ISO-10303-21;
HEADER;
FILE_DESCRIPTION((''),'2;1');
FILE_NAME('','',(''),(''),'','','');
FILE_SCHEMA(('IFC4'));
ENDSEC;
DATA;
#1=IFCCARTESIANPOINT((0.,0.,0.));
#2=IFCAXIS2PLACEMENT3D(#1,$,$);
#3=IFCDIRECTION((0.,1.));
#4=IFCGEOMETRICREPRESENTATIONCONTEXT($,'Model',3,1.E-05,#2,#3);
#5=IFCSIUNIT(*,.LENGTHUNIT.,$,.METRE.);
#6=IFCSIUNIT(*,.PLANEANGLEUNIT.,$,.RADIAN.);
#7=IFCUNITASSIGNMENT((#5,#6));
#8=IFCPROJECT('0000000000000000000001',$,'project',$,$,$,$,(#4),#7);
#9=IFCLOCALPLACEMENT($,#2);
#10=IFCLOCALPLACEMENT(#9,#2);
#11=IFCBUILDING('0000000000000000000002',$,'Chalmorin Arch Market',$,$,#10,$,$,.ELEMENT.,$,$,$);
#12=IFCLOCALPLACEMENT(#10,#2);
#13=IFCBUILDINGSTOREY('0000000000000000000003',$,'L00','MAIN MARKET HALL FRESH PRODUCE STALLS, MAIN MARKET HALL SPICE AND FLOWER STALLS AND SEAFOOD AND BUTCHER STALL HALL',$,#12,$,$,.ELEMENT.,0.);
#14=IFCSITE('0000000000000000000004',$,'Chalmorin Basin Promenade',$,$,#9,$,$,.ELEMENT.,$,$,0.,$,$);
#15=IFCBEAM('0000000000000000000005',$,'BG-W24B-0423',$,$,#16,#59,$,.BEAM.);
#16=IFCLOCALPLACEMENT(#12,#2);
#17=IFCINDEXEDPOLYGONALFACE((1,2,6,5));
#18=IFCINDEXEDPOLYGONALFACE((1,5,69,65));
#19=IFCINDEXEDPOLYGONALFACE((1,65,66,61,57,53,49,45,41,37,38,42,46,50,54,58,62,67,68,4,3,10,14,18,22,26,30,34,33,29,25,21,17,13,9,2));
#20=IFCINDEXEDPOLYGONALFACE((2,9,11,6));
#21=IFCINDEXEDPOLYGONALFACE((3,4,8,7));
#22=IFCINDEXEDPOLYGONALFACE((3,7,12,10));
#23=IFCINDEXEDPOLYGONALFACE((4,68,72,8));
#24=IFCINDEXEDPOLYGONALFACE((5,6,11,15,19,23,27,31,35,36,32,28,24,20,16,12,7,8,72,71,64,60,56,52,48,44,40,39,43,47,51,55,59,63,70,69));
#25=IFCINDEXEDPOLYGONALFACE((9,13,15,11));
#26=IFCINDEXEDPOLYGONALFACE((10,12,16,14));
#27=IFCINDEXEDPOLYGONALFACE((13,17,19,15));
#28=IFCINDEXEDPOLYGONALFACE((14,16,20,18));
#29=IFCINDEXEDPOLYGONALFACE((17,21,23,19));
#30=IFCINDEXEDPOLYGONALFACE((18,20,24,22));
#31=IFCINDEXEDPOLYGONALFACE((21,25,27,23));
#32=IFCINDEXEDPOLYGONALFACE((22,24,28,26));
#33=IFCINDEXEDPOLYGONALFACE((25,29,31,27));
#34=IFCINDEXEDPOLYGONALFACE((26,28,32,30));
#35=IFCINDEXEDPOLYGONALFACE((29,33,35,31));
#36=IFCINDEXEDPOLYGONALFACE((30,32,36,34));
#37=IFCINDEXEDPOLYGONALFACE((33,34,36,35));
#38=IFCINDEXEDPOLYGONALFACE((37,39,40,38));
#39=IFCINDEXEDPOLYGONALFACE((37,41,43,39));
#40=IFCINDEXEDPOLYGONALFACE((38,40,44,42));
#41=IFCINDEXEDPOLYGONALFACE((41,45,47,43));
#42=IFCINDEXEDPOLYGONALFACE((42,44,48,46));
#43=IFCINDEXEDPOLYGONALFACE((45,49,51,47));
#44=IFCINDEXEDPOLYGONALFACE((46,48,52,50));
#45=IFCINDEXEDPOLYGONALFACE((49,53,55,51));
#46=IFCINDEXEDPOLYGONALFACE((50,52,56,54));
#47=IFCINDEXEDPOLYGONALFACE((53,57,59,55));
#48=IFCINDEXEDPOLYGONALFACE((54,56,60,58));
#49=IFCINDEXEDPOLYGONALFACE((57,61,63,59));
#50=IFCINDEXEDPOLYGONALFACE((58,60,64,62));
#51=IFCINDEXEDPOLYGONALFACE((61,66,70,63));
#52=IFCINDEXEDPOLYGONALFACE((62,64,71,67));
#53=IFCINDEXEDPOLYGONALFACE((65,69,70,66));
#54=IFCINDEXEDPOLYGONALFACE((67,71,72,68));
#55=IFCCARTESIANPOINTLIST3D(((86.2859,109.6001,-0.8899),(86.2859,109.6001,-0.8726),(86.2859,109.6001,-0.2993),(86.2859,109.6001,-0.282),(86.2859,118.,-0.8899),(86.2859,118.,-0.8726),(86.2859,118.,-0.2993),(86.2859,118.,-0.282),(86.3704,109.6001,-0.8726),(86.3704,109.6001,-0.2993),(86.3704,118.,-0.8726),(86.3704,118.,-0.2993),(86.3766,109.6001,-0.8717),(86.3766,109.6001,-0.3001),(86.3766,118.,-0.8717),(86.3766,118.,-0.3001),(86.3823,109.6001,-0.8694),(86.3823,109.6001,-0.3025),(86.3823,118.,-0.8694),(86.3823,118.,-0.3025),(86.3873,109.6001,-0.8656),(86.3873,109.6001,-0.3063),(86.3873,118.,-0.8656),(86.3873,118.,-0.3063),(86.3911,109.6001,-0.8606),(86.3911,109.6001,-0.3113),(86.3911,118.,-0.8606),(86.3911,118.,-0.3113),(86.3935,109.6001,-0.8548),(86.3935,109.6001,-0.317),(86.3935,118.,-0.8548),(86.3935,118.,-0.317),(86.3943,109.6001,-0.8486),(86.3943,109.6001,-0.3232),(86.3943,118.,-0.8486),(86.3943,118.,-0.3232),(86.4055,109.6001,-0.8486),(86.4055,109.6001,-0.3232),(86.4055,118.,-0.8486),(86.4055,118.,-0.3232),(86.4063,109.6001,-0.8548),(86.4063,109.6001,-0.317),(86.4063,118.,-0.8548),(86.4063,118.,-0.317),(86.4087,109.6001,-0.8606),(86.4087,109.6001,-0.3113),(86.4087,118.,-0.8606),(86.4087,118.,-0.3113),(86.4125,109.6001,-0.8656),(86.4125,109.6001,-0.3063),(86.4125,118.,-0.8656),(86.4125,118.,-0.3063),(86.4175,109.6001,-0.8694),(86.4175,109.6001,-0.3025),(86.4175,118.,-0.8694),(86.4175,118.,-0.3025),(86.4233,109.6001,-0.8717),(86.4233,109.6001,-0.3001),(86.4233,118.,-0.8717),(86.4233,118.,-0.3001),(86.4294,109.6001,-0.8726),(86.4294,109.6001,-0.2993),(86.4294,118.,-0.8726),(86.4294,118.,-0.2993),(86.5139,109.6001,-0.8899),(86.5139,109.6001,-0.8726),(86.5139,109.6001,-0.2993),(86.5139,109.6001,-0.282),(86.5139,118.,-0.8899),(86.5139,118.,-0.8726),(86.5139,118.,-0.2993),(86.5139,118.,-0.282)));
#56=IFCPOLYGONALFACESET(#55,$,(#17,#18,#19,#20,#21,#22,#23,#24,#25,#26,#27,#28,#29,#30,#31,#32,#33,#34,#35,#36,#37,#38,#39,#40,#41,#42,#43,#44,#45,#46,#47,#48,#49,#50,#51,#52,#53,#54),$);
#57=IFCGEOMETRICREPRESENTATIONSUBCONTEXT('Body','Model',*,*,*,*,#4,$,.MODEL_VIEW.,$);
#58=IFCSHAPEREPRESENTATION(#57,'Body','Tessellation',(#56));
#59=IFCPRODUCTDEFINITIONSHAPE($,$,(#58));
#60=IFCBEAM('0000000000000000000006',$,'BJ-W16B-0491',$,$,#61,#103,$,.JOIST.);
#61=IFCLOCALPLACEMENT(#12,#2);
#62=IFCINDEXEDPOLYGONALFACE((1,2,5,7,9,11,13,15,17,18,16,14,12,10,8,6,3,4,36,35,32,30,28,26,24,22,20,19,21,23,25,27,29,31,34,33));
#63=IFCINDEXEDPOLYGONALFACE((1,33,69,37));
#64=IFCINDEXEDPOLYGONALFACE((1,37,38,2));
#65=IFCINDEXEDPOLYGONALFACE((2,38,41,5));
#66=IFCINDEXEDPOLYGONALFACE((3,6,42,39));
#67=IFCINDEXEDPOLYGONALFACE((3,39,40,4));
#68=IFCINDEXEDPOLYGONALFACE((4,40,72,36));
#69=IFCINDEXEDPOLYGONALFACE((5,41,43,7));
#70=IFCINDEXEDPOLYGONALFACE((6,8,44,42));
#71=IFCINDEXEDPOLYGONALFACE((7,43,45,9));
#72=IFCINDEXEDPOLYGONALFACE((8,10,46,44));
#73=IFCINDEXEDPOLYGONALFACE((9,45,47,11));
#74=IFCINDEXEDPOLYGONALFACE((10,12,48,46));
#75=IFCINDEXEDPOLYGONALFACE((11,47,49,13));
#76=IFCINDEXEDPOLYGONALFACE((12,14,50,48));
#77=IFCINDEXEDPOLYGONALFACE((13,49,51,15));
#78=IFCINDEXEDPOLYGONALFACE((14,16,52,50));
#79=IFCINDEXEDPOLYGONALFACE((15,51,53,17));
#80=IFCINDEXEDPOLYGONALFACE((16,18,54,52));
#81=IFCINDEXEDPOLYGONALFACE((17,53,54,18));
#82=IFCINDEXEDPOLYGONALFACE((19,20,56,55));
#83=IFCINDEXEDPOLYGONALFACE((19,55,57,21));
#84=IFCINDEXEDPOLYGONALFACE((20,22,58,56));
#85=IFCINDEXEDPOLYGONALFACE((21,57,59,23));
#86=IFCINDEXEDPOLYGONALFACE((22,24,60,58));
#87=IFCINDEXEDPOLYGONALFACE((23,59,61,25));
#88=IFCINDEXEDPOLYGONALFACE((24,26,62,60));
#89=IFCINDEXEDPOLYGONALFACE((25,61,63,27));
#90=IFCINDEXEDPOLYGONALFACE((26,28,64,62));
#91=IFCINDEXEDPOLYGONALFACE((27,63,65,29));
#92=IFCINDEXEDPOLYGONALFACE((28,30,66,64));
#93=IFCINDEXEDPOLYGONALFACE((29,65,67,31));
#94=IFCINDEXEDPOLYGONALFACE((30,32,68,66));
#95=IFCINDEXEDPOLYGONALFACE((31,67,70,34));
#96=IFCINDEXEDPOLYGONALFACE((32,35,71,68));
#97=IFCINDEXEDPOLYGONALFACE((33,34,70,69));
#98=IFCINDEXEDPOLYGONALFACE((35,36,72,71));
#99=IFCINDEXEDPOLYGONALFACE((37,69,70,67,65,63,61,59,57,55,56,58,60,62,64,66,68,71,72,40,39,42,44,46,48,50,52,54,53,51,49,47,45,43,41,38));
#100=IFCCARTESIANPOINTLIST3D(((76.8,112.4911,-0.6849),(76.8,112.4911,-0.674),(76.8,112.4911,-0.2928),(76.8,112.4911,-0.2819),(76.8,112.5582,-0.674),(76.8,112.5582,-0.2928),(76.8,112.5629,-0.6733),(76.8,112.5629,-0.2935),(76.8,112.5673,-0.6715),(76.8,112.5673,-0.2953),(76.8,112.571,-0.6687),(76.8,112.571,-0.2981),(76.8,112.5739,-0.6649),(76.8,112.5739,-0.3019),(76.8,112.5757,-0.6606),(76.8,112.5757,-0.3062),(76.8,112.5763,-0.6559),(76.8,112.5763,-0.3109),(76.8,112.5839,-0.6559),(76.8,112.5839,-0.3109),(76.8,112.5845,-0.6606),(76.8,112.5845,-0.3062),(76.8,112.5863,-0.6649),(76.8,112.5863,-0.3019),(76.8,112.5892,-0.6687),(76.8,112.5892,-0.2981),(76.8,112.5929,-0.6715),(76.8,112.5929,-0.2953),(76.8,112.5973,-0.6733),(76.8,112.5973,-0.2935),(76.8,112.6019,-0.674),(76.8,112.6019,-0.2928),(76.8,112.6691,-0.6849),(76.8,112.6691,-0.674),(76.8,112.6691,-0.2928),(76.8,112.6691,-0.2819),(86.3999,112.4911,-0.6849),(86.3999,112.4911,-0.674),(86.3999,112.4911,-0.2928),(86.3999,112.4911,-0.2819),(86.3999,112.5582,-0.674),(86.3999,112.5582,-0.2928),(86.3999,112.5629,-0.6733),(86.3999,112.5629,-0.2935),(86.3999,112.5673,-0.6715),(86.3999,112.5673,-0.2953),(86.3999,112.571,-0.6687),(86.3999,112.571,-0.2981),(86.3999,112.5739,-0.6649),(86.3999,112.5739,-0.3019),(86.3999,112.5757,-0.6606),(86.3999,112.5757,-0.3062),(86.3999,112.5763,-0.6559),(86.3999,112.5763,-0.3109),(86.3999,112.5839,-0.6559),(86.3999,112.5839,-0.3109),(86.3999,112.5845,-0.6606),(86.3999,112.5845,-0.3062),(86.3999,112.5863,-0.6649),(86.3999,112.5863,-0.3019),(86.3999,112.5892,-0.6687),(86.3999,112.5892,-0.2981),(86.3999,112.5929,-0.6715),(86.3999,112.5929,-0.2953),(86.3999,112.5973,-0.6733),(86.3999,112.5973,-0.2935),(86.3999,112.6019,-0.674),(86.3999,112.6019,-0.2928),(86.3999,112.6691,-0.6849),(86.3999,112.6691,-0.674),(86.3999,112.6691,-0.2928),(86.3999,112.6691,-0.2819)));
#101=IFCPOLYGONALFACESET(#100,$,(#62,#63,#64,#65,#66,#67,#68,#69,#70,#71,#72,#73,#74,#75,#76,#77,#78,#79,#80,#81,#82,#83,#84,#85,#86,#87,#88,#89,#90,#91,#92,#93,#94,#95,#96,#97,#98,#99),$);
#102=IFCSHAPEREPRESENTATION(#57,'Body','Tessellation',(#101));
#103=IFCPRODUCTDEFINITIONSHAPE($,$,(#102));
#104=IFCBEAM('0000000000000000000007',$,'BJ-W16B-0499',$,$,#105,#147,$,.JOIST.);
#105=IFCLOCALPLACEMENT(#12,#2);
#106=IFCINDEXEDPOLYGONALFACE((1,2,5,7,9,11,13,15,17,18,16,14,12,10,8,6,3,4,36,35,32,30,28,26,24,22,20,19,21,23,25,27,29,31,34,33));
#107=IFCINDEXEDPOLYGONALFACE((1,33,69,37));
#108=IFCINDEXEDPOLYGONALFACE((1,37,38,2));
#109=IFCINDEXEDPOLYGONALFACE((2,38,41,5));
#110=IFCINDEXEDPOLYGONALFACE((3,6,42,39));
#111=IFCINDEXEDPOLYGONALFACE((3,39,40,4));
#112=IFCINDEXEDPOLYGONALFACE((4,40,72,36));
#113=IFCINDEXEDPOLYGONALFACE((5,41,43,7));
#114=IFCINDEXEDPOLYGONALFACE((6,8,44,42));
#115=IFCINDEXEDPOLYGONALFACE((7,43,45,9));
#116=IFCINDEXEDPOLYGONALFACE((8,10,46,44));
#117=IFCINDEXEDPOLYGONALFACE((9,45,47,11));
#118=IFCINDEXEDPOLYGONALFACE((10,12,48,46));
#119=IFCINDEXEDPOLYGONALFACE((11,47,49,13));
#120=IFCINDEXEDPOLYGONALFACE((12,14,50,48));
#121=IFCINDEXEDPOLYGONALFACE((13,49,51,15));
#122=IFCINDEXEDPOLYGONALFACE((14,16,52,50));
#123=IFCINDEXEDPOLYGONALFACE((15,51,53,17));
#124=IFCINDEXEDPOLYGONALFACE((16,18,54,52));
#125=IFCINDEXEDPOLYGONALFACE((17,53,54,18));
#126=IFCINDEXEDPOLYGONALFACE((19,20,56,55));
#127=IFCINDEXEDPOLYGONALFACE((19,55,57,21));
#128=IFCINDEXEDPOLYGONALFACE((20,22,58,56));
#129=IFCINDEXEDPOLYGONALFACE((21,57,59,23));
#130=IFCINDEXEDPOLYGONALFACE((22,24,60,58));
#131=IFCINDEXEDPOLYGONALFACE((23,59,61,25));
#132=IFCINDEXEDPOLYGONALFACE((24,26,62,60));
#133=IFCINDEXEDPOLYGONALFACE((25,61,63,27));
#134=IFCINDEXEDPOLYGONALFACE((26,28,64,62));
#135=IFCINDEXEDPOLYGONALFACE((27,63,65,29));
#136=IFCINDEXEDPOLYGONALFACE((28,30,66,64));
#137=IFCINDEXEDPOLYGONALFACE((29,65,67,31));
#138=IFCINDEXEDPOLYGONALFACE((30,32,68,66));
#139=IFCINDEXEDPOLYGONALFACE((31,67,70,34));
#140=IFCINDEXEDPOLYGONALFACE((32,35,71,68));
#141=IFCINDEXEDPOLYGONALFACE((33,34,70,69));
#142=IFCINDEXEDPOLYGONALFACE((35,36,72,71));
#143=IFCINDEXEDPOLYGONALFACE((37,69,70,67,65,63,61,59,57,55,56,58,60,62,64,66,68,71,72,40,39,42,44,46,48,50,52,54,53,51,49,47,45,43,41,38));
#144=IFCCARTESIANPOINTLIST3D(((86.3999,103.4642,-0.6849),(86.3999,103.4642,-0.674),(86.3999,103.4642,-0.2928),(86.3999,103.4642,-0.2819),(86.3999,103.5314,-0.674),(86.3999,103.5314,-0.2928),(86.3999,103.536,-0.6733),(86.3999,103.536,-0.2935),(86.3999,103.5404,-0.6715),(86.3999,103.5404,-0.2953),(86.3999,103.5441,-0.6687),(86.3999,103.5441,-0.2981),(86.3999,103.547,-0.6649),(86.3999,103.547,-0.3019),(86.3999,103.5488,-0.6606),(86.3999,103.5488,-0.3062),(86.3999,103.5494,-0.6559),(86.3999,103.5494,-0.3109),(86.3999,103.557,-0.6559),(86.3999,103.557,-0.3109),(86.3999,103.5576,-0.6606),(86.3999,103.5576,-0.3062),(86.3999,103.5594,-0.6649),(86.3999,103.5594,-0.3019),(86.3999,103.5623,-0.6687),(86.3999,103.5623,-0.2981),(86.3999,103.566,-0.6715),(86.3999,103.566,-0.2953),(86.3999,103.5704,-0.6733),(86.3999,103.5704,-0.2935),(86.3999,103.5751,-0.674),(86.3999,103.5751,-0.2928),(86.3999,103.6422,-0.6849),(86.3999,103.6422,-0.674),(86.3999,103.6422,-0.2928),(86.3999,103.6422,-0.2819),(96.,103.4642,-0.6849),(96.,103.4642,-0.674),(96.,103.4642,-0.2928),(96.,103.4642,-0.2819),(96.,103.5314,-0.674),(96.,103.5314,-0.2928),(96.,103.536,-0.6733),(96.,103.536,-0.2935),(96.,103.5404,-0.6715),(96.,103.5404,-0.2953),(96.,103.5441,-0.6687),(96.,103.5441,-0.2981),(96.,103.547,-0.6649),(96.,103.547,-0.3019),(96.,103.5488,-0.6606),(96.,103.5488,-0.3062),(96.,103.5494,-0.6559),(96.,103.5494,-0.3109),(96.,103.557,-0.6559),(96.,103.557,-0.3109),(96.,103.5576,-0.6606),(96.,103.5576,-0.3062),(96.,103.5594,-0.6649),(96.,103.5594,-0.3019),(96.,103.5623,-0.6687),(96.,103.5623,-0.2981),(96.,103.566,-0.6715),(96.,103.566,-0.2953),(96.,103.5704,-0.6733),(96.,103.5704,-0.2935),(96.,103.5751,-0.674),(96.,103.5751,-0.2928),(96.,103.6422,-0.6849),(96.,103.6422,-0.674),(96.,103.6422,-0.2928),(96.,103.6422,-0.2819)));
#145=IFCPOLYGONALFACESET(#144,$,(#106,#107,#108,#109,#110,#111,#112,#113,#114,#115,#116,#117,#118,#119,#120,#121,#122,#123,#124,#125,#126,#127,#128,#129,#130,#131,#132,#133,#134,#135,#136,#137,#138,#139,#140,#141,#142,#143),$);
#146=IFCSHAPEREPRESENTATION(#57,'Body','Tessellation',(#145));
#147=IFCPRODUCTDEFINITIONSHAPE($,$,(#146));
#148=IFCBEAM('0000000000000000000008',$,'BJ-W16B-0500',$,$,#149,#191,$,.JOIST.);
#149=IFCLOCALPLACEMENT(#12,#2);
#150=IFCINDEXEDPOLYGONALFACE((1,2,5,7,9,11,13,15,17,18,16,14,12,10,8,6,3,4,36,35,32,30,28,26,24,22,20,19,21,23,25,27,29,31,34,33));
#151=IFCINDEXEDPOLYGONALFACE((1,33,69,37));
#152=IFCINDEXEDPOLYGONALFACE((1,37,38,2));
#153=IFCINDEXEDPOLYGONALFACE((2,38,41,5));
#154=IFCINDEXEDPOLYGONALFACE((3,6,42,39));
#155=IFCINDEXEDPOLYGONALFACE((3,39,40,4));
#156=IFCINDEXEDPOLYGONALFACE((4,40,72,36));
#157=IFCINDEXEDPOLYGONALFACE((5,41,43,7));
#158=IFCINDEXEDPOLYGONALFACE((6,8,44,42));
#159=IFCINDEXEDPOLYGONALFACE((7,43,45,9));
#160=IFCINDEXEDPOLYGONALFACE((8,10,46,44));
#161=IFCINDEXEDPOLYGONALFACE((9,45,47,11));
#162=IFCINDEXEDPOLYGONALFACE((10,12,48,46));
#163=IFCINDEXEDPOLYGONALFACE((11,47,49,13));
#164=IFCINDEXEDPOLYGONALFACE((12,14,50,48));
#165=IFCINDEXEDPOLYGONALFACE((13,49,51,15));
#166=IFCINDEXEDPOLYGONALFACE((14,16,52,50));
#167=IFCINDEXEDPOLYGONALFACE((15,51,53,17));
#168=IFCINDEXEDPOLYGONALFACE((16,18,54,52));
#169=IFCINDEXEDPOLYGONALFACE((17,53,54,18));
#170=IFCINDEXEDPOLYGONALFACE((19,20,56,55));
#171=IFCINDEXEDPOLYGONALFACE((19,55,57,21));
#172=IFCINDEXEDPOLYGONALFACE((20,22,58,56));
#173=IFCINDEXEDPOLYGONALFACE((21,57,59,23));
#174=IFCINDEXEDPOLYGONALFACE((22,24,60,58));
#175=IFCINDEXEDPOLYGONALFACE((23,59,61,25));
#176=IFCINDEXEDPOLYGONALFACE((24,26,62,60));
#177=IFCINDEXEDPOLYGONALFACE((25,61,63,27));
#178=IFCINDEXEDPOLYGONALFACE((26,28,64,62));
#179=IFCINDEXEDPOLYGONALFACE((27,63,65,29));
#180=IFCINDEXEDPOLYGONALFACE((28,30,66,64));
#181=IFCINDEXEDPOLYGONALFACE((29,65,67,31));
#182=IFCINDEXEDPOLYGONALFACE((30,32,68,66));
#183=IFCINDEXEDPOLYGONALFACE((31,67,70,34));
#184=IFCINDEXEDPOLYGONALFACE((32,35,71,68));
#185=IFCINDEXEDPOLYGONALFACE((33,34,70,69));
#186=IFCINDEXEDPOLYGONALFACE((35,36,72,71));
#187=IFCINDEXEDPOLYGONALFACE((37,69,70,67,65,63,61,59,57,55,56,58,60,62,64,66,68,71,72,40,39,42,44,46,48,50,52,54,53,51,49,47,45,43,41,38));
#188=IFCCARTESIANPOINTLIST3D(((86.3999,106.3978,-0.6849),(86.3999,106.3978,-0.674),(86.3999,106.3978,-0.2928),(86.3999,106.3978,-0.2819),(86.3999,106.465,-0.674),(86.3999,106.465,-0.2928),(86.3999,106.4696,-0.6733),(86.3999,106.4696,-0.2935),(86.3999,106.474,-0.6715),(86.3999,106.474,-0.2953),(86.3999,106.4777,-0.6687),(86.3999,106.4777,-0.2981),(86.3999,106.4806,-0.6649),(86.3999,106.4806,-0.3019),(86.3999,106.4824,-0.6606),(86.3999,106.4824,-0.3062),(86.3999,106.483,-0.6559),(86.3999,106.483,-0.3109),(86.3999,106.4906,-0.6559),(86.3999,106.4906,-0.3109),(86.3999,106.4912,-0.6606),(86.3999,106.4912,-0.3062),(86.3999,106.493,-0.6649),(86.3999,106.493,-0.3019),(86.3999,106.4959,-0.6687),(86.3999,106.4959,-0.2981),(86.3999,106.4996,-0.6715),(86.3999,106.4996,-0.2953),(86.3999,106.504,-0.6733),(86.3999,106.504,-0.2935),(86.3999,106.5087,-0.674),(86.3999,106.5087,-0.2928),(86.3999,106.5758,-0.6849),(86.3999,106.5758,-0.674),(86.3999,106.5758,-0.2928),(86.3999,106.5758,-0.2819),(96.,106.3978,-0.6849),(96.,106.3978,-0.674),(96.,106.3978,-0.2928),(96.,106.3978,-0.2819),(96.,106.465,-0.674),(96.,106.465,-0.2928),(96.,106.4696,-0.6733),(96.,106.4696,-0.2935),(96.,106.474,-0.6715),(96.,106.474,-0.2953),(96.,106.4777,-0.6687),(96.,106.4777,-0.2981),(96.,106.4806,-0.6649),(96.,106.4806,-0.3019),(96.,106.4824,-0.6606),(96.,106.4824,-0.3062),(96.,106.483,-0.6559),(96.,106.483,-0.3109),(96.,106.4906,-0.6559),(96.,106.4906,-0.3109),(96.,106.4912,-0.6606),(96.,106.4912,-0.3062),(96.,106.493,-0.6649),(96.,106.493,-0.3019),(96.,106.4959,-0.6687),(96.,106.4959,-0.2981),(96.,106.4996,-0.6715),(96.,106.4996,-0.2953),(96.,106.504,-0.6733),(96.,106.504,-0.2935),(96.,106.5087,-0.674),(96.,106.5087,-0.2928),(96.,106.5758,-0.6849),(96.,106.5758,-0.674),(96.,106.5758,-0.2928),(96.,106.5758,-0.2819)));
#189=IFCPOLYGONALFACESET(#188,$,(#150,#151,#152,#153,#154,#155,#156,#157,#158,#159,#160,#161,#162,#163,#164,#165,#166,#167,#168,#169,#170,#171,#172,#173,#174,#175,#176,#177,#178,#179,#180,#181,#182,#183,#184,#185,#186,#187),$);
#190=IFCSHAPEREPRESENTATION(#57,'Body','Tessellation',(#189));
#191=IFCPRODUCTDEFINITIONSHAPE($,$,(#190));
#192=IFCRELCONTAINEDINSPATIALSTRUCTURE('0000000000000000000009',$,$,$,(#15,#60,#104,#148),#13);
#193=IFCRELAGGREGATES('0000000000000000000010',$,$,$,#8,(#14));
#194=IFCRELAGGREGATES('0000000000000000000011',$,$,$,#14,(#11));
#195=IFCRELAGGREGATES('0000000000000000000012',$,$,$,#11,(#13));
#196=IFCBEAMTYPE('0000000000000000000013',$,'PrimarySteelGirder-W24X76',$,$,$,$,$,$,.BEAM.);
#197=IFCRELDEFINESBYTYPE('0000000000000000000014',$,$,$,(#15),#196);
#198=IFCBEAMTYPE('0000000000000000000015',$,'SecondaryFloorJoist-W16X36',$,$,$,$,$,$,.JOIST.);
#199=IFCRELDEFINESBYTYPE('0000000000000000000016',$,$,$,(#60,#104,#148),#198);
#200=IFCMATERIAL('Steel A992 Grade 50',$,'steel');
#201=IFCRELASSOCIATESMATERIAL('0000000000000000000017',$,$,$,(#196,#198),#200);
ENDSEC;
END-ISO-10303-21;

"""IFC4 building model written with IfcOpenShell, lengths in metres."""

from ifc_helpers import new_model, si_unit, direction, frame, origin, origin_2d, place, context, subcontext, project, spatial, i_section, extrude, material, material_profile, profile_set, type_object, element, save


model = new_model("IFC4")

# Units and contexts
model_context = context("Model", 3, precision=1e-05, world=origin(), true_north=direction((0.0, 1.0)))
body_context = subcontext(model_context, "Body", "Model", "MODEL_VIEW")
ifc_project = project(units=[si_unit("LENGTHUNIT", "METRE"), si_unit("PLANEANGLEUNIT", "RADIAN")], contexts=[model_context])

# Site, building, storey
site_placement = place(None, origin())
site = spatial("IfcSite", under=ifc_project, at=site_placement, Name="Chalmorin Basin Promenade", CompositionType="ELEMENT", RefElevation=0.0)
building_placement = place(site_placement, origin())
building = spatial("IfcBuilding", under=site, at=building_placement, Name="Chalmorin Arch Market", CompositionType="ELEMENT")
storey_placement = place(building_placement, origin())
storey = spatial("IfcBuildingStorey", under=building, at=storey_placement, Name="L00", Description="MAIN MARKET HALL FRESH PRODUCE STALLS, MAIN MARKET HALL SPICE AND FLOWER STALLS AND SEAFOOD AND BUTCHER STALL HALL", CompositionType="ELEMENT", Elevation=0.0)

# Beams
ifc_material_1 = material(Name="Steel A992 Grade 50", Category="steel")
ifc_material_profile_1 = material_profile(ifc_material_1, i_section(OverallWidth=0.228, OverallDepth=0.6079, WebThickness=0.0112, FlangeThickness=0.0173, FilletRadius=0.0239, at=origin_2d()), Name="W24X76")
ifc_profile_set_1 = profile_set([ifc_material_profile_1], Name="Steel A992 Grade 50")
beam_type_1 = type_object("IfcBeamType", Name="PrimarySteelGirder-W24X76", PredefinedType="BEAM", material=ifc_profile_set_1)
beam_1_placement = place(storey_placement, frame((86.3999, 109.6001, -0.5859), z_axis=(0.0, 1.0, 0.0), x_axis=(-1.0, 0.0, 0.0)))
element("IfcBeam", 1, at=beam_1_placement, inside=storey, type_object=beam_type_1, Name="BG-W24B-0423", PredefinedType="BEAM", context=body_context, shape_type="SweptSolid", body=[
    extrude(i_section(OverallWidth=0.228, OverallDepth=0.6079, WebThickness=0.0112, FlangeThickness=0.0173, FilletRadius=0.0239, at=origin_2d()), origin(), (0.0, 0.0, 1.0), 8.3999),
])
ifc_material_profile_2 = material_profile(ifc_material_1, i_section(OverallWidth=0.178, OverallDepth=0.4031, WebThickness=0.0076, FlangeThickness=0.011, FilletRadius=0.0181, at=origin_2d()), Name="W16X36")
ifc_profile_set_2 = profile_set([ifc_material_profile_2], Name="Steel A992 Grade 50")
beam_type_2 = type_object("IfcBeamType", Name="SecondaryFloorJoist-W16X36", PredefinedType="JOIST", material=ifc_profile_set_2)
beam_2_placement = place(storey_placement, frame((76.8, 112.5801, -0.4834), z_axis=(1.0, 0.0, 0.0), x_axis=(0.0, 1.0, 0.0)))
element("IfcBeam", 2, at=beam_2_placement, inside=storey, type_object=beam_type_2, Name="BJ-W16B-0491", PredefinedType="JOIST", context=body_context, shape_type="SweptSolid", body=[
    extrude(i_section(OverallWidth=0.178, OverallDepth=0.4031, WebThickness=0.0076, FlangeThickness=0.011, FilletRadius=0.0181, at=origin_2d()), origin(), (0.0, 0.0, 1.0), 9.5999),
])
for number, where, z_axis, x_axis, name in (
    (3, (86.3999, 103.5532, -0.4834), (1.0, 0.0, 0.0), (0.0, 1.0, 0.0), "BJ-W16B-0499"),
    (4, (86.3999, 106.4868, -0.4834), (1.0, 0.0, 0.0), (0.0, 1.0, 0.0), "BJ-W16B-0500"),
):
    element("IfcBeam", number, at=place(storey_placement, frame(where, z_axis=z_axis, x_axis=x_axis)), inside=storey, type_object=beam_type_2, Name=name, PredefinedType="JOIST", context=body_context, shape_type="SweptSolid", body=[
        extrude(i_section(OverallWidth=0.178, OverallDepth=0.4031, WebThickness=0.0076, FlangeThickness=0.011, FilletRadius=0.0181, at=origin_2d()), origin(), (0.0, 0.0, 1.0), 9.6001),
    ])

save(model, "model.ifc")
